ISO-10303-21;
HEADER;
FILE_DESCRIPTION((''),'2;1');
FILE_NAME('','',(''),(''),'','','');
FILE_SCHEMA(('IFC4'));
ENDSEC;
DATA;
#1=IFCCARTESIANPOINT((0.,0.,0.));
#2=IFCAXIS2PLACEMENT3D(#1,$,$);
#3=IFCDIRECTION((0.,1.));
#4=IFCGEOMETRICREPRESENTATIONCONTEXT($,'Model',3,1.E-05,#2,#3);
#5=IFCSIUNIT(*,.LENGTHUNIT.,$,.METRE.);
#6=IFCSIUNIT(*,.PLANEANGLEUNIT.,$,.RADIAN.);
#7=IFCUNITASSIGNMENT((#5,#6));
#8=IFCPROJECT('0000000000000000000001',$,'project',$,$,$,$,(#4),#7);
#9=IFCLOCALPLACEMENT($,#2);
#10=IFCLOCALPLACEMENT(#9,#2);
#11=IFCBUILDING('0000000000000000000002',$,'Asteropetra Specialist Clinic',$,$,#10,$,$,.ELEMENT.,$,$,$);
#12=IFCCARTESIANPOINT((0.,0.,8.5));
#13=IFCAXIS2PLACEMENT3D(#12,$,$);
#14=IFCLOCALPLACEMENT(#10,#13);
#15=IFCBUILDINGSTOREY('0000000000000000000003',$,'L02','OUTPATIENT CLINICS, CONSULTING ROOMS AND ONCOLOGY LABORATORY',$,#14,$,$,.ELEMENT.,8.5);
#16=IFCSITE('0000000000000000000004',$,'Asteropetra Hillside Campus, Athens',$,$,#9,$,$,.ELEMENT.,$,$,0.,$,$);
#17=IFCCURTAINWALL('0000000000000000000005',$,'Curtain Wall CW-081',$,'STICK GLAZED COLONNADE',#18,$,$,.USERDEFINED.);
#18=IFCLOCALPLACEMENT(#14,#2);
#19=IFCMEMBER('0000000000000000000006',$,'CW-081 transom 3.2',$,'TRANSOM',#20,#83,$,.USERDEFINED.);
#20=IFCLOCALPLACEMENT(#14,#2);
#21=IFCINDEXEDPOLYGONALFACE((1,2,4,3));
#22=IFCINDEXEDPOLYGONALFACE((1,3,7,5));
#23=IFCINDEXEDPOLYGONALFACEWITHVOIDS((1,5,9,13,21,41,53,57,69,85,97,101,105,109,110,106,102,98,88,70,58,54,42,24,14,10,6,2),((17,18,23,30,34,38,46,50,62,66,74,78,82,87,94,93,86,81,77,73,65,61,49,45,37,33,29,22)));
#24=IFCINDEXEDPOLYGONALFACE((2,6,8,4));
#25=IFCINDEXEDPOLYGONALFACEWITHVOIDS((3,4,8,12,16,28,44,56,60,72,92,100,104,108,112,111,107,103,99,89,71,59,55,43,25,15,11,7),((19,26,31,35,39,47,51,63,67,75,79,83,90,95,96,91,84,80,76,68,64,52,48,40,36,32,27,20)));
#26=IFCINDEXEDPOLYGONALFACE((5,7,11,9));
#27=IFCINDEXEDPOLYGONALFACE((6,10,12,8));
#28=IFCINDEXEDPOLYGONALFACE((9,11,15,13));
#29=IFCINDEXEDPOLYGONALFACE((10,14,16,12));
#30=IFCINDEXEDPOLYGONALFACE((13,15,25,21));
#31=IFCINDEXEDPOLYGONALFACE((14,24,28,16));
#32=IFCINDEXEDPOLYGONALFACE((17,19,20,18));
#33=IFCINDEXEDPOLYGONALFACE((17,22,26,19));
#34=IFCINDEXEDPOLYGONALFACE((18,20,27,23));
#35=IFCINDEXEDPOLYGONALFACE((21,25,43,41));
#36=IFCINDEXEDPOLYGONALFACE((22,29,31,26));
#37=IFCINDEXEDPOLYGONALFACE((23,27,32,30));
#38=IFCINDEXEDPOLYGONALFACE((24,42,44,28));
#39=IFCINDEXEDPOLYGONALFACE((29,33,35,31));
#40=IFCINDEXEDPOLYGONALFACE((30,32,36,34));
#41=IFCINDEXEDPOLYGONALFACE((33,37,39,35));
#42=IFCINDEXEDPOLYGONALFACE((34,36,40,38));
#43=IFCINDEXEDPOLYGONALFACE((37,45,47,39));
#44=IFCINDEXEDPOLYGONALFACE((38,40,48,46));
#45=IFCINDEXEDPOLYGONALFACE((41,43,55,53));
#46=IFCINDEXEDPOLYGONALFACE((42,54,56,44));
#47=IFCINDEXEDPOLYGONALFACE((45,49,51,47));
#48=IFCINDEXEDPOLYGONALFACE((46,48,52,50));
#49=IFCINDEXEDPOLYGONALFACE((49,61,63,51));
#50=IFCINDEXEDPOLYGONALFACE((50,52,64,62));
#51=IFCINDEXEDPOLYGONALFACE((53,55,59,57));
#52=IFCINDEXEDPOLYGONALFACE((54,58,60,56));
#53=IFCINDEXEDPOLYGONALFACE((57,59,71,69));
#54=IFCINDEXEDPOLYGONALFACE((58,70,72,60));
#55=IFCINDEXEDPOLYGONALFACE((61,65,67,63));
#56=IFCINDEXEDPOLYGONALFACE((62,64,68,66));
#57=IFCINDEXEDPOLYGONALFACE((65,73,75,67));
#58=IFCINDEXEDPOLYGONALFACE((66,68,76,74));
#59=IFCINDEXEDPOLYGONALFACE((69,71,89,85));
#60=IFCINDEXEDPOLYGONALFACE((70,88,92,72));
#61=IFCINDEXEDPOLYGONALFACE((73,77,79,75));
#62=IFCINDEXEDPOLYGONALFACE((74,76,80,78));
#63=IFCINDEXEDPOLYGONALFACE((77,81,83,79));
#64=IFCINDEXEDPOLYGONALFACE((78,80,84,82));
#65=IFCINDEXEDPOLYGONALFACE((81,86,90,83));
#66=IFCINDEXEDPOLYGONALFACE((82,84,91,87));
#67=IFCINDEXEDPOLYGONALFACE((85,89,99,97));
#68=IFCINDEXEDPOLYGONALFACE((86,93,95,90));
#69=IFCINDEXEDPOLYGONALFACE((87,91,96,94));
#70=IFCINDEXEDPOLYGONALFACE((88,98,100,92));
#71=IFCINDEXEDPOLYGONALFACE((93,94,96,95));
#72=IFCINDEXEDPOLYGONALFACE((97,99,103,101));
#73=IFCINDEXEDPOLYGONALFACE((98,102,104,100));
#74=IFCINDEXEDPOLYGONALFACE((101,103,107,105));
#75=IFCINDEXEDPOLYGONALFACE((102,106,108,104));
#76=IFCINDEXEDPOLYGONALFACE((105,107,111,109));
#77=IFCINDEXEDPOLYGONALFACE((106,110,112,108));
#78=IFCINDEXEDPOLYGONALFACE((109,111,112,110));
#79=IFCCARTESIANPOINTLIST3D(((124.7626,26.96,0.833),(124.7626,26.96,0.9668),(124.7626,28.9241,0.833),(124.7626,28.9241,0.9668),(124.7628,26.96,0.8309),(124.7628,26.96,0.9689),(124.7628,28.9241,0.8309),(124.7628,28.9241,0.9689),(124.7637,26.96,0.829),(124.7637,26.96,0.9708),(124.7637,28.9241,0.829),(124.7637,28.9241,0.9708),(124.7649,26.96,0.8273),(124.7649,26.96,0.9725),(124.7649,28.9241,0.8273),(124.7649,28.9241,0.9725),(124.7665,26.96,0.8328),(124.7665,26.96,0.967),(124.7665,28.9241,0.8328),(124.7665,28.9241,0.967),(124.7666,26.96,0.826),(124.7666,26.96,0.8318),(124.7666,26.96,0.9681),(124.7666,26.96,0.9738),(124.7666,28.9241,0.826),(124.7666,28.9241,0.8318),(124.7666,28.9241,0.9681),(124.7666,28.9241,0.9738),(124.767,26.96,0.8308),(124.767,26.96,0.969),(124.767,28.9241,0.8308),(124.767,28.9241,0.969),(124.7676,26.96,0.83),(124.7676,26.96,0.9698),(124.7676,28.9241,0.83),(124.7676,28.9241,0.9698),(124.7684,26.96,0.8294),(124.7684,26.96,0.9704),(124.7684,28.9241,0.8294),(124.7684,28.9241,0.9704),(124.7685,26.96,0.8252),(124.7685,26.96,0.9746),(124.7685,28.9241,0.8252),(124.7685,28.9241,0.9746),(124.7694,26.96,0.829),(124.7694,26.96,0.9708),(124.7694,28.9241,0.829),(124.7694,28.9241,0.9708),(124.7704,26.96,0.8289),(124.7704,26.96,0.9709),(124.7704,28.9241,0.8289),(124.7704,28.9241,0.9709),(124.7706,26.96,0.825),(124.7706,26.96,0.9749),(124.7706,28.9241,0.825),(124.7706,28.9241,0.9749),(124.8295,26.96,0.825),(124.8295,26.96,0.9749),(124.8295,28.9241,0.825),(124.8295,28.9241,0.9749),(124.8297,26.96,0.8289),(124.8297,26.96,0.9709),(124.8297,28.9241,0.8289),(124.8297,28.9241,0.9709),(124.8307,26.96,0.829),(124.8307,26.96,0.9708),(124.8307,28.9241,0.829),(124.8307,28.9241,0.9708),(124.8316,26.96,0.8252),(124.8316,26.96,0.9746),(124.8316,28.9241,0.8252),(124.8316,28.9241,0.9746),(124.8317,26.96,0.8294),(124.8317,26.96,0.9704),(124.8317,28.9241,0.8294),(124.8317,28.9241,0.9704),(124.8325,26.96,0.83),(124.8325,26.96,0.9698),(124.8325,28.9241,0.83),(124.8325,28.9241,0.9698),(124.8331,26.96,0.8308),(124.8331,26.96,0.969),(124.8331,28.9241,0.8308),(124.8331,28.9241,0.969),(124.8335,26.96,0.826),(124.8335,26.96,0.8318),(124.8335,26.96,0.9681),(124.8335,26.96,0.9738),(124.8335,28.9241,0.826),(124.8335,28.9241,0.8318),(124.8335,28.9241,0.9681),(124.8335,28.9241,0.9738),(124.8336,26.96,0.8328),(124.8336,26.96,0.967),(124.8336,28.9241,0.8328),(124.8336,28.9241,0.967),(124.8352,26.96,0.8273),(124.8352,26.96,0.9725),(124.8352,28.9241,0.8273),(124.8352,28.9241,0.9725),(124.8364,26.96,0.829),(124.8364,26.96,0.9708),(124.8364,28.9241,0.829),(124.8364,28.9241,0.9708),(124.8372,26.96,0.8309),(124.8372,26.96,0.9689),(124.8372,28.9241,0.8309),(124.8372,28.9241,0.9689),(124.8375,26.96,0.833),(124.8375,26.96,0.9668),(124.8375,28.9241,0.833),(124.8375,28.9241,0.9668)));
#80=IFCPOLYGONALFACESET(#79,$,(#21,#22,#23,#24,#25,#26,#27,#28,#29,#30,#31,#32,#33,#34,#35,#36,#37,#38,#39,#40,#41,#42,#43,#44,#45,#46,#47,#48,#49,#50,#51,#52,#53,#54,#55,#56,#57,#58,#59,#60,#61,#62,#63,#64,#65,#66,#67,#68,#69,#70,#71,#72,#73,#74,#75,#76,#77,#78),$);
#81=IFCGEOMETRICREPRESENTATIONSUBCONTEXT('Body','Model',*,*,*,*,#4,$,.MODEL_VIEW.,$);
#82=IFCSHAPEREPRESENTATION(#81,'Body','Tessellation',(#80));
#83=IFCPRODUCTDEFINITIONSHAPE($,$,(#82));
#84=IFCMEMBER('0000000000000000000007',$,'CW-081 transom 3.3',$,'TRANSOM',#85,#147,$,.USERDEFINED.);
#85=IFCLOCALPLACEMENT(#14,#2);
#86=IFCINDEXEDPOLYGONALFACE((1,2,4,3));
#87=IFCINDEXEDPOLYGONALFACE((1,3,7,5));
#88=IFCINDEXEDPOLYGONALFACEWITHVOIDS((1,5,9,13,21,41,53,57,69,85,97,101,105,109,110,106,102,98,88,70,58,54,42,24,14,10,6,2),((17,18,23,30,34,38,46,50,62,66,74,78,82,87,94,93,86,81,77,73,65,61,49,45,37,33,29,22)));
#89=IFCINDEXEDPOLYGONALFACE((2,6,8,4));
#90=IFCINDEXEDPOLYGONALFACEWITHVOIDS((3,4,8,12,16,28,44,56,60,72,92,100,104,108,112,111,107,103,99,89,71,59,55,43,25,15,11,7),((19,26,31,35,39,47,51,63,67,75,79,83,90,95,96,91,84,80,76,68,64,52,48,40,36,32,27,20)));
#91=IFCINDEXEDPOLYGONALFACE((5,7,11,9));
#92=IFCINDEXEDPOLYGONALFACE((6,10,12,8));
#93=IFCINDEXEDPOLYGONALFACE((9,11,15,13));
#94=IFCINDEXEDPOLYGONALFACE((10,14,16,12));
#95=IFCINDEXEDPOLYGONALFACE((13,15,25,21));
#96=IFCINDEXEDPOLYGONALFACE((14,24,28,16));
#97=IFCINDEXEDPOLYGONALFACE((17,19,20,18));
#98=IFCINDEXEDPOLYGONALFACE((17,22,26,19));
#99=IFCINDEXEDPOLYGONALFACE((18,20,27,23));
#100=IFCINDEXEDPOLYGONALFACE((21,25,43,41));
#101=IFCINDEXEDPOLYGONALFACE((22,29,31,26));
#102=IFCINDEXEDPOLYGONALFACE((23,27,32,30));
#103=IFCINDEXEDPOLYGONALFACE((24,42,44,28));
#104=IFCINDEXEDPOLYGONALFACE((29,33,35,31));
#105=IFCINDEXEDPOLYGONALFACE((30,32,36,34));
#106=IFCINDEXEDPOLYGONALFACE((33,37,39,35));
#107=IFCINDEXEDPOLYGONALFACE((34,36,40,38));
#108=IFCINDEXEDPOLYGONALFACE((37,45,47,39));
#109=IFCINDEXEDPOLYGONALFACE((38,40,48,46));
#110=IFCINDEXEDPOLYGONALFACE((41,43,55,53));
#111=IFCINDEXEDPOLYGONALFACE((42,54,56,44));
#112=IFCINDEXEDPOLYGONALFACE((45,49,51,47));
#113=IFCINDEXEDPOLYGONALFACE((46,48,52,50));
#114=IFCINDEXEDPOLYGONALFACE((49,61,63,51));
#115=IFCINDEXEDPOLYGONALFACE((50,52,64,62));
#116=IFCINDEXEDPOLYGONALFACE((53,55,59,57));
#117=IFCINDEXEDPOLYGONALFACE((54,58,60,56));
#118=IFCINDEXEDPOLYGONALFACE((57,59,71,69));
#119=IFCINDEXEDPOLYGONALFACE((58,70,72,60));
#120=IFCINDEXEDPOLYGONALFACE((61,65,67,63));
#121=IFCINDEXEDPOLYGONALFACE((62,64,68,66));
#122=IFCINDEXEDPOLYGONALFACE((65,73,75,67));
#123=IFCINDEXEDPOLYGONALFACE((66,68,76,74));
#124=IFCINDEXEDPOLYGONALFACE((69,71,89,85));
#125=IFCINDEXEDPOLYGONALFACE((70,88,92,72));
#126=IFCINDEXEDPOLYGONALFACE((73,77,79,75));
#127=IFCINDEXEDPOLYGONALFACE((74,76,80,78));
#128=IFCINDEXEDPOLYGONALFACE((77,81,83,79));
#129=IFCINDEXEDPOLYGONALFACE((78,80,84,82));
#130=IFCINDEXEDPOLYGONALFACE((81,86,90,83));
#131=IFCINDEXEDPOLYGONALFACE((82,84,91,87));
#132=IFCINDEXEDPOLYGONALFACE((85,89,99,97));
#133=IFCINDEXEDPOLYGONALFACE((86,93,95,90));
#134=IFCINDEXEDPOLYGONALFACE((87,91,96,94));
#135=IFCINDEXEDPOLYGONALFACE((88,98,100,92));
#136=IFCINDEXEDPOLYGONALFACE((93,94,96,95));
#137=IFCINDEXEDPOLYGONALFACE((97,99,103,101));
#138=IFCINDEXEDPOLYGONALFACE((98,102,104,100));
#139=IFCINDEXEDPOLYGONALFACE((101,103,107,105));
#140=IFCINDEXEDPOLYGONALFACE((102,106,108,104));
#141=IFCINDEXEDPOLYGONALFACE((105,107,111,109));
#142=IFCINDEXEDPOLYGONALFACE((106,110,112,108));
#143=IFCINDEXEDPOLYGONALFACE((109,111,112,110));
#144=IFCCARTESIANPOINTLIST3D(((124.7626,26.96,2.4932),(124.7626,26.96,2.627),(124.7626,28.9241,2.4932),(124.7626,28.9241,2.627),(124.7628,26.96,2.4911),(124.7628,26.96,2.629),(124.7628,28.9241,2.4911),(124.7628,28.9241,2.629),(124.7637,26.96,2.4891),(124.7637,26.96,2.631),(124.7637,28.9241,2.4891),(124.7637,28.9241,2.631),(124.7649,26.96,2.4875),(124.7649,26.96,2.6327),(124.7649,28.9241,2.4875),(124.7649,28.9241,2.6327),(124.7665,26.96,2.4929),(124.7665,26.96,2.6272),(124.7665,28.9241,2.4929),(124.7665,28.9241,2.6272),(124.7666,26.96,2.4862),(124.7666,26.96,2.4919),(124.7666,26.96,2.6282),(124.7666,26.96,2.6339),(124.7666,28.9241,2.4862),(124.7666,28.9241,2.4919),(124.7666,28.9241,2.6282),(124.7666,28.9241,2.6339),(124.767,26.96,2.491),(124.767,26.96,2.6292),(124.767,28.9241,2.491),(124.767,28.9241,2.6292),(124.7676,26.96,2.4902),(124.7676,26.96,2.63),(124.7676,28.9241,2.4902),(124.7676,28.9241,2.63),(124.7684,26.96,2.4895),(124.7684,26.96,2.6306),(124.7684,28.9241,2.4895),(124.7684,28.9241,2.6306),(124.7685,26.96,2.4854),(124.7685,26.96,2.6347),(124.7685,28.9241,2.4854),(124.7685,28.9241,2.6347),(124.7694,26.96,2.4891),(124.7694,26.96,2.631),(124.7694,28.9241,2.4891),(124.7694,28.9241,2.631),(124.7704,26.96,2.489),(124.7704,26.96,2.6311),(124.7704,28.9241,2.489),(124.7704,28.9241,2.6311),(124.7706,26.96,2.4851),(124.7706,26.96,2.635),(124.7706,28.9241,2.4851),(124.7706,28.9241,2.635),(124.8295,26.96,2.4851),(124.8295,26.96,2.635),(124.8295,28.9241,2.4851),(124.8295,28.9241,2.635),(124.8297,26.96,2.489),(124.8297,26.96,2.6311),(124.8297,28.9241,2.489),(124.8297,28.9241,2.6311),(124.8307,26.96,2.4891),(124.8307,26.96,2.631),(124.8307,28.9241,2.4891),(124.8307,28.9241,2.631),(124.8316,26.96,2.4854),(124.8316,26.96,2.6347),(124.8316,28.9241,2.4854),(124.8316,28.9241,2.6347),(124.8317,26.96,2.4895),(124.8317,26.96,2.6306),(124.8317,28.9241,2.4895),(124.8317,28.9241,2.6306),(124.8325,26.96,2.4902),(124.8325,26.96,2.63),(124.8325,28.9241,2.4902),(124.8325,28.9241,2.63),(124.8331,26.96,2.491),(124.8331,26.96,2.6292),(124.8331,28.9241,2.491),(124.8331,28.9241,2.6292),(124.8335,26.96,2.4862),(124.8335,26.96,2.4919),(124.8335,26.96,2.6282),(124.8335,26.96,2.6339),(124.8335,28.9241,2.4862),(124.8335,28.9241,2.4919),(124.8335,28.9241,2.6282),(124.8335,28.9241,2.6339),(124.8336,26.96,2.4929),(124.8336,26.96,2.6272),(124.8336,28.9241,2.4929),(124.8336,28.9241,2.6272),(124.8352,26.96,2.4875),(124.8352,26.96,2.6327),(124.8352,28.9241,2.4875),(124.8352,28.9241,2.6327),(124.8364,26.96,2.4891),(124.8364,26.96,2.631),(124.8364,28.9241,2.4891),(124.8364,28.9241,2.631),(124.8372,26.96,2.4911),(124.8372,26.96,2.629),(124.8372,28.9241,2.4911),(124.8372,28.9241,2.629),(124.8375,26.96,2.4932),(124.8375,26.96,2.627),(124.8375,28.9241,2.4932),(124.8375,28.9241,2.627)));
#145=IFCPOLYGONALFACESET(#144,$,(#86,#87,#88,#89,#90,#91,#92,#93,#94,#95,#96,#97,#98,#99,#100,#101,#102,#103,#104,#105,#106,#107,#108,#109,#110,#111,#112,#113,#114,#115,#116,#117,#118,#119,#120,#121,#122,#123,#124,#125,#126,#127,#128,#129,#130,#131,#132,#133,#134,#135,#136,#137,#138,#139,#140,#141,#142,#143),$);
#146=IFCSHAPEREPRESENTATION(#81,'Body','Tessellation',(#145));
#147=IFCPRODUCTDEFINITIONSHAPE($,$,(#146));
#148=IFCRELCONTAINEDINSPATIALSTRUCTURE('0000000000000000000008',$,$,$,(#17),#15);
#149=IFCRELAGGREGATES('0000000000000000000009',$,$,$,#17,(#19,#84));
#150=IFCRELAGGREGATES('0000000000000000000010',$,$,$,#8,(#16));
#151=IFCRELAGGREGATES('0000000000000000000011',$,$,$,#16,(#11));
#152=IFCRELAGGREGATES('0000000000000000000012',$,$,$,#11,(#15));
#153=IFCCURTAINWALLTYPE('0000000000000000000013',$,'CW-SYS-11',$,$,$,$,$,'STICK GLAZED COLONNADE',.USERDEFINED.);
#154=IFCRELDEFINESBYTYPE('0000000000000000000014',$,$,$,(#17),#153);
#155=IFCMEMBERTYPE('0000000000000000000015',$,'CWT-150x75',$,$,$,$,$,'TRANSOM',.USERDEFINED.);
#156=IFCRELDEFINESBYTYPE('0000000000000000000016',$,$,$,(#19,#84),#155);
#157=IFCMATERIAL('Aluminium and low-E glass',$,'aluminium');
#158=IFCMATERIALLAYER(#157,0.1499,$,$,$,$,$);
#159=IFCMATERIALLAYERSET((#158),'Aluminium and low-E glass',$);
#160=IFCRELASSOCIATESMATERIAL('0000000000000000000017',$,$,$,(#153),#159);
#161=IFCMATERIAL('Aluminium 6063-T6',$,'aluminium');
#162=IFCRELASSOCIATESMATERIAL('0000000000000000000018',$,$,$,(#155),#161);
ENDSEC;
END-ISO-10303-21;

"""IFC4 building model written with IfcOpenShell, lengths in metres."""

from ifc_helpers import new_model, si_unit, direction, frame, origin, origin_2d, place, context, subcontext, project, spatial, hollow_rectangle, extrude, material, layer, layer_set, material_profile, profile_set, type_object, element, aggregate, save


model = new_model("IFC4")

# Units and contexts
model_context = context("Model", 3, precision=1e-05, world=origin(), true_north=direction((0.0, 1.0)))
body_context = subcontext(model_context, "Body", "Model", "MODEL_VIEW")
ifc_project = project(units=[si_unit("LENGTHUNIT", "METRE"), si_unit("PLANEANGLEUNIT", "RADIAN")], contexts=[model_context])

# Site, building, storey
site_placement = place(None, origin())
site = spatial("IfcSite", under=ifc_project, at=site_placement, Name="Asteropetra Hillside Campus, Athens", CompositionType="ELEMENT", RefElevation=0.0)
building_placement = place(site_placement, origin())
building = spatial("IfcBuilding", under=site, at=building_placement, Name="Asteropetra Specialist Clinic", CompositionType="ELEMENT")
storey_placement = place(building_placement, frame((0.0, 0.0, 8.5)))
storey = spatial("IfcBuildingStorey", under=building, at=storey_placement, Name="L02", Description="OUTPATIENT CLINICS, CONSULTING ROOMS AND ONCOLOGY LABORATORY", CompositionType="ELEMENT", Elevation=8.5)

# Curtain wall, members
ifc_material_1 = material(Name="Aluminium and low-E glass", Category="aluminium")
ifc_layer_1 = layer(ifc_material_1, 0.1499)
ifc_layer_set_1 = layer_set([ifc_layer_1], Name="Aluminium and low-E glass")
curtain_wall_type = type_object("IfcCurtainWallType", Name="CW-SYS-11", ElementType="STICK GLAZED COLONNADE", PredefinedType="USERDEFINED", material=ifc_layer_set_1)
curtain_wall_placement = place(storey_placement, origin())
curtain_wall = element("IfcCurtainWall", 1, at=curtain_wall_placement, inside=storey, type_object=curtain_wall_type, Name="Curtain Wall CW-081", ObjectType="STICK GLAZED COLONNADE", PredefinedType="USERDEFINED")
ifc_material_2 = material(Name="Aluminium 6063-T6", Category="aluminium")
ifc_material_profile_1 = material_profile(ifc_material_2, hollow_rectangle(XDim=0.075, YDim=0.1499, WallThickness=0.0039, InnerFilletRadius=0.0039, OuterFilletRadius=0.0081, at=origin_2d()), Name="TRN 150x75x4.0")
ifc_profile_set_1 = profile_set([ifc_material_profile_1], Name="Aluminium 6063-T6")
member_type_1 = type_object("IfcMemberType", Name="CWT-150x75", ElementType="TRANSOM", PredefinedType="USERDEFINED", material=ifc_profile_set_1)
member_1_placement = place(storey_placement, frame((124.8, 28.9241, 0.8999), z_axis=(0.0, -1.0, 0.0), x_axis=(1.0, 0.0, 0.0)))
member_1 = element("IfcMember", 2, at=member_1_placement, type_object=member_type_1, Name="CW-081 transom 3.2", ObjectType="TRANSOM", PredefinedType="USERDEFINED", context=body_context, shape_type="SweptSolid", body=[
    extrude(hollow_rectangle(XDim=0.075, YDim=0.1499, WallThickness=0.0039, InnerFilletRadius=0.0039, OuterFilletRadius=0.0081, at=origin_2d()), origin(), (0.0, 0.0, 1.0), 1.9641),
])
member_2_placement = place(storey_placement, frame((124.8, 28.9241, 2.5601), z_axis=(0.0, -1.0, 0.0), x_axis=(1.0, 0.0, 0.0)))
member_2 = element("IfcMember", 3, at=member_2_placement, type_object=member_type_1, Name="CW-081 transom 3.3", ObjectType="TRANSOM", PredefinedType="USERDEFINED", context=body_context, shape_type="SweptSolid", body=[
    extrude(hollow_rectangle(XDim=0.075, YDim=0.1499, WallThickness=0.0039, InnerFilletRadius=0.0039, OuterFilletRadius=0.0081, at=origin_2d()), origin(), (0.0, 0.0, 1.0), 1.9641),
])

aggregate(curtain_wall, [member_1, member_2])

save(model, "model.ifc")
